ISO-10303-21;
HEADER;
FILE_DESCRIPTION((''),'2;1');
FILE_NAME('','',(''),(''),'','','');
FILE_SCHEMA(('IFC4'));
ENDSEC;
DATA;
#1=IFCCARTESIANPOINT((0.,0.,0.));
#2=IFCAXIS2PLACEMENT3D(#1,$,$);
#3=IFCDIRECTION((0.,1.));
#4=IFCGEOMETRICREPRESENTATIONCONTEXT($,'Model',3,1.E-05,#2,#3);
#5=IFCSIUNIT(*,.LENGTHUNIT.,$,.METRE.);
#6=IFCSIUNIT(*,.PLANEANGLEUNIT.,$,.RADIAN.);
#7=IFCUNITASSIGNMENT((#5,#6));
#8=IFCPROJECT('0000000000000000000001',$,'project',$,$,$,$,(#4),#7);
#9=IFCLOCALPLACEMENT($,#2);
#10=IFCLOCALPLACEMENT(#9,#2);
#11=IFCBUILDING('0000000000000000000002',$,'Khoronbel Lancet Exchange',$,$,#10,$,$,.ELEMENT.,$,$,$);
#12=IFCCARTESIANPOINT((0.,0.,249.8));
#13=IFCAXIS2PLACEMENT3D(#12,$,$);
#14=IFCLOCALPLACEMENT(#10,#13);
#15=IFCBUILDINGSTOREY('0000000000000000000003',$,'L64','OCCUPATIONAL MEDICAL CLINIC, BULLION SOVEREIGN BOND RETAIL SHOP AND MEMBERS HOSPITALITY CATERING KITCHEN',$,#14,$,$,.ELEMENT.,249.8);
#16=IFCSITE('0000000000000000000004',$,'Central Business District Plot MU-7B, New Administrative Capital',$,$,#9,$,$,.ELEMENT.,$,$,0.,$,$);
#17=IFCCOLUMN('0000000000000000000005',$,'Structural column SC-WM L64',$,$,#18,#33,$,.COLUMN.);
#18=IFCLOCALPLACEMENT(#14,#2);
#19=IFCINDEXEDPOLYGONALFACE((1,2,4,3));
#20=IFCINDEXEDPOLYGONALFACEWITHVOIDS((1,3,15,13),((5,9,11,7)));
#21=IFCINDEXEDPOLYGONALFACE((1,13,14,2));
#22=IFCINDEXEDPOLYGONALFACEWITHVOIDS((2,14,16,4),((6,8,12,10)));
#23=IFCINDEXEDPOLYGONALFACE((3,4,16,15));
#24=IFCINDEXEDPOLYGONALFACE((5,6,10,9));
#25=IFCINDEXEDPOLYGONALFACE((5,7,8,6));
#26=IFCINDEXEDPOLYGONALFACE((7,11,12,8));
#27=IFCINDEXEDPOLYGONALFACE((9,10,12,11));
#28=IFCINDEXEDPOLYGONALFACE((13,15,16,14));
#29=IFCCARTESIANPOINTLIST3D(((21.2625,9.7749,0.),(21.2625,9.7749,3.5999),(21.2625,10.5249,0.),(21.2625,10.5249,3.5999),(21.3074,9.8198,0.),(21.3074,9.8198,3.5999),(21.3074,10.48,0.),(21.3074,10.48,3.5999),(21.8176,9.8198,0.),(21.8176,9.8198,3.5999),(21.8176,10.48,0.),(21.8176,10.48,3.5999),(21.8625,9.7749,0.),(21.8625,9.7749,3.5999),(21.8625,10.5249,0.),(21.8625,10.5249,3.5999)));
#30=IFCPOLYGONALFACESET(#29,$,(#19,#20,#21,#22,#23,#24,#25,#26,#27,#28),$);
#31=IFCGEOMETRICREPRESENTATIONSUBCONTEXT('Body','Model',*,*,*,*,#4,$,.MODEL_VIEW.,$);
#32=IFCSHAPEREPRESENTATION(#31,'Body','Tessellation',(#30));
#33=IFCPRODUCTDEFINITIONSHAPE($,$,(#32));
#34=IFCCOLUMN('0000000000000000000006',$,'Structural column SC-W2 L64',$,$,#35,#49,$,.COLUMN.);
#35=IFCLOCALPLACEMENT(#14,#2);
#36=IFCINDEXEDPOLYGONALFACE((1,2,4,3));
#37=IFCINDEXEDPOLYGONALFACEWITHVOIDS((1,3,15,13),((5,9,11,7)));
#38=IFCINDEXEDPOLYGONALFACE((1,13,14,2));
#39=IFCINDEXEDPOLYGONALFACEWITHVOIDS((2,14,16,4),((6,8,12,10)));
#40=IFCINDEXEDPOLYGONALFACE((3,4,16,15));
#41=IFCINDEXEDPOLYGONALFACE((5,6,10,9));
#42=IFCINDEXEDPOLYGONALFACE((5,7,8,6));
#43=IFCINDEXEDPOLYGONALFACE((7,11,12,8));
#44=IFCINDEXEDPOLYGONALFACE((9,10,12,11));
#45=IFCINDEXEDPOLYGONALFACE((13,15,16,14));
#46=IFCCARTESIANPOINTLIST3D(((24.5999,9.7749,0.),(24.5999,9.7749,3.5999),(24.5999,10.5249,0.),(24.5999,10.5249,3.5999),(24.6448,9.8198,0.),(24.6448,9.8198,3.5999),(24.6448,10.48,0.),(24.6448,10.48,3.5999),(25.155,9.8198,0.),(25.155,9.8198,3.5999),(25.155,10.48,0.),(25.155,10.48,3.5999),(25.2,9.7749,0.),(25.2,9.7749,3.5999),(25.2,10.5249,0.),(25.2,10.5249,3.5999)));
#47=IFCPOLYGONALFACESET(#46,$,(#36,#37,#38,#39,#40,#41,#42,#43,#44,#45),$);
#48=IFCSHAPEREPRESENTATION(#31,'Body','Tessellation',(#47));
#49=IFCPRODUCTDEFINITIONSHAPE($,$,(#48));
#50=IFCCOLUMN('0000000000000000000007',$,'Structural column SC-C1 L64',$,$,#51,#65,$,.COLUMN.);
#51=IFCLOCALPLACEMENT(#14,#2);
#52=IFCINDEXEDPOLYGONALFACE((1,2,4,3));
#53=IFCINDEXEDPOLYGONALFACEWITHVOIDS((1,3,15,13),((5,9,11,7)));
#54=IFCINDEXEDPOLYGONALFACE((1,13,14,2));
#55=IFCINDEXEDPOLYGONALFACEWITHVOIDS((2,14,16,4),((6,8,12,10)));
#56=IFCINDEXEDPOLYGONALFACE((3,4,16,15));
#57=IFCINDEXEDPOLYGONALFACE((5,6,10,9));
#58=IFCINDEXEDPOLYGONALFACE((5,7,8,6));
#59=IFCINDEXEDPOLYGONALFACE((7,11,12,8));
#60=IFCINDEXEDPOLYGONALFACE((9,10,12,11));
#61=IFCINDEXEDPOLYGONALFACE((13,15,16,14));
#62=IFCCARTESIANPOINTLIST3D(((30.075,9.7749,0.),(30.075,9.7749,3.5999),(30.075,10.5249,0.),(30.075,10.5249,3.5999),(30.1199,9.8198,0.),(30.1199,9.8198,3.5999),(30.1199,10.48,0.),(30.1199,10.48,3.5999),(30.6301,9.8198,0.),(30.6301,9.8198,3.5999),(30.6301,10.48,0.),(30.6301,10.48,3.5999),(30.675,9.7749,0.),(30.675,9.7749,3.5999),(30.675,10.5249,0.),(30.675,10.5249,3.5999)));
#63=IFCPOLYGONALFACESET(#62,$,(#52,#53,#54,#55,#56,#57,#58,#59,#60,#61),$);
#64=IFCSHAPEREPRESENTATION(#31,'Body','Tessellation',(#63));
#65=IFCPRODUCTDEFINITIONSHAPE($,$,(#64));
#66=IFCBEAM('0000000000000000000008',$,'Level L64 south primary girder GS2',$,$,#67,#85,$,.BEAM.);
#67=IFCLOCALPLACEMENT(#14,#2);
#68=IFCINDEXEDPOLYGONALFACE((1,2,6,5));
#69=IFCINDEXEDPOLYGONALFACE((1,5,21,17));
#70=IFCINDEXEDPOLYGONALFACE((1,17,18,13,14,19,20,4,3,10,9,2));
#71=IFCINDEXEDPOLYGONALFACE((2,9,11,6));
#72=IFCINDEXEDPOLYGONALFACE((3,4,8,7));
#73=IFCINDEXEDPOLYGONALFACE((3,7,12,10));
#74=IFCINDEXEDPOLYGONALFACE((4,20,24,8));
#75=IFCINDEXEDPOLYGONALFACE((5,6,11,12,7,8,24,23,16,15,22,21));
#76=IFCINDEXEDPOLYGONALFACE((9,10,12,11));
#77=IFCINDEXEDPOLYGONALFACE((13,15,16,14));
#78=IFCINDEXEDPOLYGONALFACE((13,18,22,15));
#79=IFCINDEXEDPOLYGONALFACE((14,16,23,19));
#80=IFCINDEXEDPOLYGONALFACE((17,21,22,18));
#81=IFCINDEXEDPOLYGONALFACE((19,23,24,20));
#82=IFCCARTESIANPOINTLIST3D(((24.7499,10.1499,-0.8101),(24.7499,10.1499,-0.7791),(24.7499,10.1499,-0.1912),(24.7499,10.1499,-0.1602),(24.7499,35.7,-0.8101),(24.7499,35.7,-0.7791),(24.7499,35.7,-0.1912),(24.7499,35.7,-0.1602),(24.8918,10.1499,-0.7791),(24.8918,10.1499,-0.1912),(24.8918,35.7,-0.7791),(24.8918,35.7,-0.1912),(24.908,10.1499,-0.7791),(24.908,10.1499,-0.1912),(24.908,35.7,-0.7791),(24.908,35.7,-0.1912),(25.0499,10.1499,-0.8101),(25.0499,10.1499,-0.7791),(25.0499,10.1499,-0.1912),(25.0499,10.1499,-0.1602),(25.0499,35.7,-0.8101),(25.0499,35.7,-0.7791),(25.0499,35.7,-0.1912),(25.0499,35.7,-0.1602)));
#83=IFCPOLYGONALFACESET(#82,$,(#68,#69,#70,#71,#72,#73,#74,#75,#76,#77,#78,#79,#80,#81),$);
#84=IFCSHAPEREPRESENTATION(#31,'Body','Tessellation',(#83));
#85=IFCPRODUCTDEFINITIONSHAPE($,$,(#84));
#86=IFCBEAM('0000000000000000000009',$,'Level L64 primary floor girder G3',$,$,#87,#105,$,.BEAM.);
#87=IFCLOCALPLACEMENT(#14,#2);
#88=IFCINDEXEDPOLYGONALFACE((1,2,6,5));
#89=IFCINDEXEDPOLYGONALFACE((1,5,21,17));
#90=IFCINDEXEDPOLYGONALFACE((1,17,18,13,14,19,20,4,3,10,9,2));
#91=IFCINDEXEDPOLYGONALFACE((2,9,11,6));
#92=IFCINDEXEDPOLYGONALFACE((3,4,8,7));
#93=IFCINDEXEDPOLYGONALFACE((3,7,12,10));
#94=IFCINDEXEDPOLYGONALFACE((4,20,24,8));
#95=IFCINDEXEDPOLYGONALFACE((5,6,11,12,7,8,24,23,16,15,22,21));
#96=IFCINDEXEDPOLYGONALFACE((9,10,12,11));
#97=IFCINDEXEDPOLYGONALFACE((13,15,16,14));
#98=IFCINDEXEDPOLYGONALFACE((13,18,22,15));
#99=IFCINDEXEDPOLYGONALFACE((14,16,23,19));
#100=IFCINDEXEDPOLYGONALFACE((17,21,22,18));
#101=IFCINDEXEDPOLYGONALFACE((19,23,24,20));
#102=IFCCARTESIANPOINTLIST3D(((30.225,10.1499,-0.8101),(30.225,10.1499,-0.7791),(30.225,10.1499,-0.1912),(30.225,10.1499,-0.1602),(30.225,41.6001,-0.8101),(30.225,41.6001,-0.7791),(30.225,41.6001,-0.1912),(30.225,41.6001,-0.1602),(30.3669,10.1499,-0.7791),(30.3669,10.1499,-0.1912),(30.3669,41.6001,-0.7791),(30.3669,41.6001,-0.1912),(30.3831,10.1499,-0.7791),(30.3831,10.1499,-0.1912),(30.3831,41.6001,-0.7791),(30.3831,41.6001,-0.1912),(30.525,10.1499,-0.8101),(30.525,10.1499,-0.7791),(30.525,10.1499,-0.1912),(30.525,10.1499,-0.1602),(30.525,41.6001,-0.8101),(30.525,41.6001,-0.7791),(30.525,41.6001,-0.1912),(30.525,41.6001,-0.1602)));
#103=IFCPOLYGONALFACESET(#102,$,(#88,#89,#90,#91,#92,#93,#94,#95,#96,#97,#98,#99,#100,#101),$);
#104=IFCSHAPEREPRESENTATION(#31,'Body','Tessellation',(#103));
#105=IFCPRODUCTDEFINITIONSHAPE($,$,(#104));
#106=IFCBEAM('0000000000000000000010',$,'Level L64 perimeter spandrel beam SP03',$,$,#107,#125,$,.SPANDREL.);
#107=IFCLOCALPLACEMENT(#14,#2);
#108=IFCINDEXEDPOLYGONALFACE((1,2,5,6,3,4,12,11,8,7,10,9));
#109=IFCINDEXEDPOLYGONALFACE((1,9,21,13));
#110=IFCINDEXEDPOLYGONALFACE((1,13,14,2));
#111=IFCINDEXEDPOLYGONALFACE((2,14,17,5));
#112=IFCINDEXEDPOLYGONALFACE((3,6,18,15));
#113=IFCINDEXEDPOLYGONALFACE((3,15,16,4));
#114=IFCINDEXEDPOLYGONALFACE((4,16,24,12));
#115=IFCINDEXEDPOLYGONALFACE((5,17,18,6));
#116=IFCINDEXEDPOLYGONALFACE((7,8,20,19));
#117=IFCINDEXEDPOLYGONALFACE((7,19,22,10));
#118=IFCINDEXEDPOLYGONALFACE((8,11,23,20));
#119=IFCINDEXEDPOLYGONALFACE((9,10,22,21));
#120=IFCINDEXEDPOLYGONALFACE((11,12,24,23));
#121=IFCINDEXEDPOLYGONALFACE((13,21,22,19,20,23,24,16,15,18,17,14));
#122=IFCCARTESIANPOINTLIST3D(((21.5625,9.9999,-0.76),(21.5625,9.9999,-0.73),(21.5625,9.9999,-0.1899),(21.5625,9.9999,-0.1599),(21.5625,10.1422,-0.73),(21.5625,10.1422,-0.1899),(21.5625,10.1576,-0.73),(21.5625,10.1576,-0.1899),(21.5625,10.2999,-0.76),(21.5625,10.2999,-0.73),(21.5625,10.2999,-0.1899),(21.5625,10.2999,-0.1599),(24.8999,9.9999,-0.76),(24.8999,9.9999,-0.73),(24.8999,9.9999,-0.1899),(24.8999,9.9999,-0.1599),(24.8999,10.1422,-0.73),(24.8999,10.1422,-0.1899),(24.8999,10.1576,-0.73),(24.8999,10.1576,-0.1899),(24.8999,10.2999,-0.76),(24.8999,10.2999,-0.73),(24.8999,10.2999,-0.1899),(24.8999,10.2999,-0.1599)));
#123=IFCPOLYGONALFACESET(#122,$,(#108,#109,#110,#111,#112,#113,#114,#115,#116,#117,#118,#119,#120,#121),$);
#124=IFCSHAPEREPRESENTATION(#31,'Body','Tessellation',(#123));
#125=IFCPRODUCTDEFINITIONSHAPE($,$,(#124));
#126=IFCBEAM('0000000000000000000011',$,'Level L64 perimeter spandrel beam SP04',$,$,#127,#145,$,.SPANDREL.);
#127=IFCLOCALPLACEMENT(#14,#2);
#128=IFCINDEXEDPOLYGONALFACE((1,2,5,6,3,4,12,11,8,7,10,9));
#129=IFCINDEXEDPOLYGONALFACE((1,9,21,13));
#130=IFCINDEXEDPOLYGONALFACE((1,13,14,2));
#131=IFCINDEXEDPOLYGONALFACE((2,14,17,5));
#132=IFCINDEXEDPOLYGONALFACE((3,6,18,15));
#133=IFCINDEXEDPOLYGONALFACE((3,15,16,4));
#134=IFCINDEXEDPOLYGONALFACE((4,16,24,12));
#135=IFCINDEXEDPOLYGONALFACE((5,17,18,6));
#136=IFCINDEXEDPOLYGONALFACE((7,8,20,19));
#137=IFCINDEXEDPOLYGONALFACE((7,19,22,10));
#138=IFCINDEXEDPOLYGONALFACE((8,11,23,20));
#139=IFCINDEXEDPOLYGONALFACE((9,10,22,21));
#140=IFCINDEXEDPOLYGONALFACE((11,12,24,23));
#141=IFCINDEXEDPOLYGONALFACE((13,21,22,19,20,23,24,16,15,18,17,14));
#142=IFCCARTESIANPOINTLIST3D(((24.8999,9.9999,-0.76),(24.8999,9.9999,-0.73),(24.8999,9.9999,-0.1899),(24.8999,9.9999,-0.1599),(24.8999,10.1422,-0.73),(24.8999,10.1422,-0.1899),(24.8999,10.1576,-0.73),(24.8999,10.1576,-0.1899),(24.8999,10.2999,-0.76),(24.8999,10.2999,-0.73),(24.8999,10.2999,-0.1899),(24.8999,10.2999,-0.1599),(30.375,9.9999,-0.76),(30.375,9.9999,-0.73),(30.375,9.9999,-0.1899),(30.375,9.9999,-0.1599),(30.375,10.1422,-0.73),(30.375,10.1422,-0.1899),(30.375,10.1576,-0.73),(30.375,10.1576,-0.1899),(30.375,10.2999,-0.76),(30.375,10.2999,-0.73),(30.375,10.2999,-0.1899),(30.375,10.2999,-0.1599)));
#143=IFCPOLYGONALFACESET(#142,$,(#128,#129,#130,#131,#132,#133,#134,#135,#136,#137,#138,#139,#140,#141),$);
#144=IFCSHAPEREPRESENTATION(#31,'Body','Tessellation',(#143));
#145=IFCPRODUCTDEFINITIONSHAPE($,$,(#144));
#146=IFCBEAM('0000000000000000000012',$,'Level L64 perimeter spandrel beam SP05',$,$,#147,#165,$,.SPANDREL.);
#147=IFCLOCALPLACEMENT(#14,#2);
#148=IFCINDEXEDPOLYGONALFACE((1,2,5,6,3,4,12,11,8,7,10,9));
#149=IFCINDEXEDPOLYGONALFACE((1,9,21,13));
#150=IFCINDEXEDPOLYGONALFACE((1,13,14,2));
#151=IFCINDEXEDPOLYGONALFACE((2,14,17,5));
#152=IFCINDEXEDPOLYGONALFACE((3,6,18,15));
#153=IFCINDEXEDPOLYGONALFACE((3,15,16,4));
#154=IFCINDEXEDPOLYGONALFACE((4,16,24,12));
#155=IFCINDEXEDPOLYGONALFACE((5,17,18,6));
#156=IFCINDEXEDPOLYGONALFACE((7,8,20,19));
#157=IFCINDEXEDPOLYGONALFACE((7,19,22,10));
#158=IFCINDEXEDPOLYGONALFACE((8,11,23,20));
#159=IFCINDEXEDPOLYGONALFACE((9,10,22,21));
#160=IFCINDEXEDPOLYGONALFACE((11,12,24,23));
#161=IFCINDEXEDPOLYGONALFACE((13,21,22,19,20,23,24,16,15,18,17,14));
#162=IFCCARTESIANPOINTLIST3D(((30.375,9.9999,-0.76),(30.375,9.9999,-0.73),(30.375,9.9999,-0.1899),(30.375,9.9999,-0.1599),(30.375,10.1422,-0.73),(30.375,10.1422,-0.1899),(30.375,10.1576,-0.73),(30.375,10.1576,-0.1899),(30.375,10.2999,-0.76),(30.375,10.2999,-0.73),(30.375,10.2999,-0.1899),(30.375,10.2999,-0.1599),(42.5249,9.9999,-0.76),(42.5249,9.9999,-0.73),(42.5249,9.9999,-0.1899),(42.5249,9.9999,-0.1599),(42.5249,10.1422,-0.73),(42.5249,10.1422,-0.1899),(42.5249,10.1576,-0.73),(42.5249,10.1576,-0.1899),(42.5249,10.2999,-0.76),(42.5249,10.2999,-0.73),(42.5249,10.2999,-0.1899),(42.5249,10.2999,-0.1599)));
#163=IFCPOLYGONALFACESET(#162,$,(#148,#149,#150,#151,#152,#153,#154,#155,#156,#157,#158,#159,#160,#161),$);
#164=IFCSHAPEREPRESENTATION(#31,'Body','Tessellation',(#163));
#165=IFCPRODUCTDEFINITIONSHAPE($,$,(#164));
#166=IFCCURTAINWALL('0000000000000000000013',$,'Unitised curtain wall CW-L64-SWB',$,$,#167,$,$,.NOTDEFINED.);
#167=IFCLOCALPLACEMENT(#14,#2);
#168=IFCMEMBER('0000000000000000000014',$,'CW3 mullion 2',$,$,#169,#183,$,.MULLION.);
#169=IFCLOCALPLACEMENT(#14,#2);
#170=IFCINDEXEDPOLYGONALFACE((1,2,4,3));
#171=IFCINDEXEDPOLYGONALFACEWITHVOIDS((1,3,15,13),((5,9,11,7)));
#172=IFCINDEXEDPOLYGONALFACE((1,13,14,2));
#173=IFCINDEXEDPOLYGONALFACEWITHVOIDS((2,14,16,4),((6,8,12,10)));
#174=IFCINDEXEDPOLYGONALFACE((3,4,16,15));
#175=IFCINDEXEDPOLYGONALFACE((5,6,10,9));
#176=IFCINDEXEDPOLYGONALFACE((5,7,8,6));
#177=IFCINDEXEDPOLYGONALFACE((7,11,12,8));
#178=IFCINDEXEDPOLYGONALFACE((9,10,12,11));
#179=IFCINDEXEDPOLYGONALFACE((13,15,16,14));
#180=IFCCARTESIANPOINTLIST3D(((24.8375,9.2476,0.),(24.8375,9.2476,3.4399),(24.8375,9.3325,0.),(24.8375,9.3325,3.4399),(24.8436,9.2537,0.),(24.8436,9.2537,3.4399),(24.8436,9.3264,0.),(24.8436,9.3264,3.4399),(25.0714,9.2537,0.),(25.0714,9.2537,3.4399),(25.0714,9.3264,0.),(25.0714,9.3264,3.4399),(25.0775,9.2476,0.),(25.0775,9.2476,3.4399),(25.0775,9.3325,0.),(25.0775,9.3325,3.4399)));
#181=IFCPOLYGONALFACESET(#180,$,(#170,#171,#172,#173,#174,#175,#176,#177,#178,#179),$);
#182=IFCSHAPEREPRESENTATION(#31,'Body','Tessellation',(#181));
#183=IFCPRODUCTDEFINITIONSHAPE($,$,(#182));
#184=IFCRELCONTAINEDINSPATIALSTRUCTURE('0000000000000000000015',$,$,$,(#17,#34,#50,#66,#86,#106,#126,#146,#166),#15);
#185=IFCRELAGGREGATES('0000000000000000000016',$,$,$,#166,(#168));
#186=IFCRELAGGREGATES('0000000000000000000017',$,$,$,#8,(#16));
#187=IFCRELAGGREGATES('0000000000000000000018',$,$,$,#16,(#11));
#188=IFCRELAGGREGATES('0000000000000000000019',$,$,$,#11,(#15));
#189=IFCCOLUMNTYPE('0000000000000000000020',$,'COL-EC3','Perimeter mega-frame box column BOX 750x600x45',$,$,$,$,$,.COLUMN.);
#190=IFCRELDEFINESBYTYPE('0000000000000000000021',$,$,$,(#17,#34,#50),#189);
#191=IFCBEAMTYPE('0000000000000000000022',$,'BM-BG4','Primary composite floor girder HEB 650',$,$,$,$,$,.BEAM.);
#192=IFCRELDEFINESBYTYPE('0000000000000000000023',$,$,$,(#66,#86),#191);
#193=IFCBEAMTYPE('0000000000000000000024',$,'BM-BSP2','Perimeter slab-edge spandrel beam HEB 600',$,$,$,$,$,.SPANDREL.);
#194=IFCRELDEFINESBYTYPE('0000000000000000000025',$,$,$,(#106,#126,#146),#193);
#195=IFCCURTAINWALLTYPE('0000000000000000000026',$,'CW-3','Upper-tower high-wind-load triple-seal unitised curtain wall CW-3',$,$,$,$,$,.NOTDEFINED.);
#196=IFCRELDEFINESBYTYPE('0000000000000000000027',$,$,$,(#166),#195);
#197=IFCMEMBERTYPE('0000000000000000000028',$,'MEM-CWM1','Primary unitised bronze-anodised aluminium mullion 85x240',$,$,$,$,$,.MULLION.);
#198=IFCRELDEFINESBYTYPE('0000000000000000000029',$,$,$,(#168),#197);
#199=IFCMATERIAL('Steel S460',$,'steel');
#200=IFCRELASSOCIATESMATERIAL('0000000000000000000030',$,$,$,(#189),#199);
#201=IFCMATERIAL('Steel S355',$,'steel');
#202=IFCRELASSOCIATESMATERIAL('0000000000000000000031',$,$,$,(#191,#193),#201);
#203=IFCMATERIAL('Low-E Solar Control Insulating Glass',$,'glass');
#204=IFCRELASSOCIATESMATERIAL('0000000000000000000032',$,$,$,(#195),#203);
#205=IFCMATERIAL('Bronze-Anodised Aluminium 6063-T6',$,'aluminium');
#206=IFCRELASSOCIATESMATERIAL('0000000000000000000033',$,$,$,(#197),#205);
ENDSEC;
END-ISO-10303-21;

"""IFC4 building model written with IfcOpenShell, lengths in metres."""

from ifc_helpers import new_model, si_unit, direction, frame, origin, origin_2d, place, context, subcontext, project, spatial, hollow_rectangle, i_section, extrude, material, material_profile, profile_set, type_object, element, aggregate, save


model = new_model("IFC4")

# Units and contexts
model_context = context("Model", 3, precision=1e-05, world=origin(), true_north=direction((0.0, 1.0)))
body_context = subcontext(model_context, "Body", "Model", "MODEL_VIEW")
ifc_project = project(units=[si_unit("LENGTHUNIT", "METRE"), si_unit("PLANEANGLEUNIT", "RADIAN")], contexts=[model_context])

# Site, building, storey
site_placement = place(None, origin())
site = spatial("IfcSite", under=ifc_project, at=site_placement, Name="Central Business District Plot MU-7B, New Administrative Capital", CompositionType="ELEMENT", RefElevation=0.0)
building_placement = place(site_placement, origin())
building = spatial("IfcBuilding", under=site, at=building_placement, Name="Khoronbel Lancet Exchange", CompositionType="ELEMENT")
storey_placement = place(building_placement, frame((0.0, 0.0, 249.8)))
storey = spatial("IfcBuildingStorey", under=building, at=storey_placement, Name="L64", Description="OCCUPATIONAL MEDICAL CLINIC, BULLION SOVEREIGN BOND RETAIL SHOP AND MEMBERS HOSPITALITY CATERING KITCHEN", CompositionType="ELEMENT", Elevation=249.8)

# Columns
ifc_material_1 = material(Name="Steel S460", Category="steel")
ifc_material_profile_1 = material_profile(ifc_material_1, hollow_rectangle(XDim=0.6001, YDim=0.75, WallThickness=0.0449, at=origin_2d()), Name="BOX 750x600x45")
ifc_profile_set_1 = profile_set([ifc_material_profile_1], Name="Steel S460")
column_type = type_object("IfcColumnType", Name="COL-EC3", Description="Perimeter mega-frame box column BOX 750x600x45", PredefinedType="COLUMN", material=ifc_profile_set_1)
for number, where, z_axis, x_axis, name in (
    (1, (21.5625, 10.1499, 0.0), (0.0, 0.0, 1.0), (1.0, 0.0, 0.0), "Structural column SC-WM L64"),
    (2, (24.8999, 10.1499, 0.0), (0.0, 0.0, 1.0), (1.0, 0.0, 0.0), "Structural column SC-W2 L64"),
    (3, (30.375, 10.1499, 0.0), (0.0, 0.0, 1.0), (1.0, 0.0, 0.0), "Structural column SC-C1 L64"),
):
    element("IfcColumn", number, at=place(storey_placement, frame(where, z_axis=z_axis, x_axis=x_axis)), inside=storey, type_object=column_type, Name=name, PredefinedType="COLUMN", context=body_context, shape_type="SweptSolid", body=[
        extrude(hollow_rectangle(XDim=0.6001, YDim=0.75, WallThickness=0.0449, at=origin_2d()), origin(), (0.0, 0.0, 1.0), 3.5999),
    ])

# Beams
ifc_material_2 = material(Name="Steel S355", Category="steel")
ifc_material_profile_2 = material_profile(ifc_material_2, i_section(OverallWidth=0.3, OverallDepth=0.6499, WebThickness=0.0161, FlangeThickness=0.031, at=origin_2d()), Name="HEB 650")
ifc_profile_set_2 = profile_set([ifc_material_profile_2], Name="Steel S355")
beam_type_1 = type_object("IfcBeamType", Name="BM-BG4", Description="Primary composite floor girder HEB 650", PredefinedType="BEAM", material=ifc_profile_set_2)
beam_1_placement = place(storey_placement, frame((24.8999, 10.1499, -0.4851), z_axis=(0.0, 1.0, 0.0), x_axis=(-1.0, 0.0, 0.0)))
element("IfcBeam", 4, at=beam_1_placement, inside=storey, type_object=beam_type_1, Name="Level L64 south primary girder GS2", PredefinedType="BEAM", context=body_context, shape_type="SweptSolid", body=[
    extrude(i_section(OverallWidth=0.3, OverallDepth=0.6499, WebThickness=0.0161, FlangeThickness=0.031, at=origin_2d()), origin(), (0.0, 0.0, 1.0), 25.55),
])
beam_2_placement = place(storey_placement, frame((30.375, 10.1499, -0.4851), z_axis=(0.0, 1.0, 0.0), x_axis=(-1.0, 0.0, 0.0)))
element("IfcBeam", 5, at=beam_2_placement, inside=storey, type_object=beam_type_1, Name="Level L64 primary floor girder G3", PredefinedType="BEAM", context=body_context, shape_type="SweptSolid", body=[
    extrude(i_section(OverallWidth=0.3, OverallDepth=0.6499, WebThickness=0.0161, FlangeThickness=0.031, at=origin_2d()), origin(), (0.0, 0.0, 1.0), 31.4502),
])
ifc_material_profile_3 = material_profile(ifc_material_2, i_section(OverallWidth=0.3, OverallDepth=0.6001, WebThickness=0.0154, FlangeThickness=0.03, at=origin_2d()), Name="HEB 600")
ifc_profile_set_3 = profile_set([ifc_material_profile_3], Name="Steel S355")
beam_type_2 = type_object("IfcBeamType", Name="BM-BSP2", Description="Perimeter slab-edge spandrel beam HEB 600", PredefinedType="SPANDREL", material=ifc_profile_set_3)
beam_3_placement = place(storey_placement, frame((21.5625, 10.1499, -0.46), z_axis=(1.0, 0.0, 0.0), x_axis=(0.0, 1.0, 0.0)))
element("IfcBeam", 6, at=beam_3_placement, inside=storey, type_object=beam_type_2, Name="Level L64 perimeter spandrel beam SP03", PredefinedType="SPANDREL", context=body_context, shape_type="SweptSolid", body=[
    extrude(i_section(OverallWidth=0.3, OverallDepth=0.6001, WebThickness=0.0154, FlangeThickness=0.03, at=origin_2d()), origin(), (0.0, 0.0, 1.0), 3.3374),
])
beam_4_placement = place(storey_placement, frame((24.8999, 10.1499, -0.46), z_axis=(1.0, 0.0, 0.0), x_axis=(0.0, 1.0, 0.0)))
element("IfcBeam", 7, at=beam_4_placement, inside=storey, type_object=beam_type_2, Name="Level L64 perimeter spandrel beam SP04", PredefinedType="SPANDREL", context=body_context, shape_type="SweptSolid", body=[
    extrude(i_section(OverallWidth=0.3, OverallDepth=0.6001, WebThickness=0.0154, FlangeThickness=0.03, at=origin_2d()), origin(), (0.0, 0.0, 1.0), 5.4751),
])
beam_5_placement = place(storey_placement, frame((30.375, 10.1499, -0.46), z_axis=(1.0, 0.0, 0.0), x_axis=(0.0, 1.0, 0.0)))
element("IfcBeam", 8, at=beam_5_placement, inside=storey, type_object=beam_type_2, Name="Level L64 perimeter spandrel beam SP05", PredefinedType="SPANDREL", context=body_context, shape_type="SweptSolid", body=[
    extrude(i_section(OverallWidth=0.3, OverallDepth=0.6001, WebThickness=0.0154, FlangeThickness=0.03, at=origin_2d()), origin(), (0.0, 0.0, 1.0), 12.1499),
])

# Curtain wall, member
ifc_material_3 = material(Name="Low-E Solar Control Insulating Glass", Category="glass")
curtain_wall_type = type_object("IfcCurtainWallType", Name="CW-3", Description="Upper-tower high-wind-load triple-seal unitised curtain wall CW-3", PredefinedType="NOTDEFINED", material=ifc_material_3)
curtain_wall_1_placement = place(storey_placement, origin())
curtain_wall_1 = element("IfcCurtainWall", 9, at=curtain_wall_1_placement, inside=storey, type_object=curtain_wall_type, Name="Unitised curtain wall CW-L64-SWB", PredefinedType="NOTDEFINED")
ifc_material_4 = material(Name="Bronze-Anodised Aluminium 6063-T6", Category="aluminium")
ifc_material_profile_4 = material_profile(ifc_material_4, hollow_rectangle(XDim=0.085, YDim=0.24, WallThickness=0.0061, at=origin_2d()), Name="ALU MULLION 85x240")
ifc_profile_set_4 = profile_set([ifc_material_profile_4], Name="Bronze-Anodised Aluminium 6063-T6")
member_type_1 = type_object("IfcMemberType", Name="MEM-CWM1", Description="Primary unitised bronze-anodised aluminium mullion 85x240", PredefinedType="MULLION", material=ifc_profile_set_4)
member_1_placement = place(storey_placement, frame((24.9575, 9.29, 0.0), z_axis=(0.0, 0.0, 1.0), x_axis=(0.0, 1.0, 0.0)))
member_1 = element("IfcMember", 10, at=member_1_placement, type_object=member_type_1, Name="CW3 mullion 2", PredefinedType="MULLION", context=body_context, shape_type="SweptSolid", body=[
    extrude(hollow_rectangle(XDim=0.085, YDim=0.24, WallThickness=0.0061, at=origin_2d()), origin(), (0.0, 0.0, 1.0), 3.4399),
])

aggregate(curtain_wall_1, [member_1])

save(model, "model.ifc")
